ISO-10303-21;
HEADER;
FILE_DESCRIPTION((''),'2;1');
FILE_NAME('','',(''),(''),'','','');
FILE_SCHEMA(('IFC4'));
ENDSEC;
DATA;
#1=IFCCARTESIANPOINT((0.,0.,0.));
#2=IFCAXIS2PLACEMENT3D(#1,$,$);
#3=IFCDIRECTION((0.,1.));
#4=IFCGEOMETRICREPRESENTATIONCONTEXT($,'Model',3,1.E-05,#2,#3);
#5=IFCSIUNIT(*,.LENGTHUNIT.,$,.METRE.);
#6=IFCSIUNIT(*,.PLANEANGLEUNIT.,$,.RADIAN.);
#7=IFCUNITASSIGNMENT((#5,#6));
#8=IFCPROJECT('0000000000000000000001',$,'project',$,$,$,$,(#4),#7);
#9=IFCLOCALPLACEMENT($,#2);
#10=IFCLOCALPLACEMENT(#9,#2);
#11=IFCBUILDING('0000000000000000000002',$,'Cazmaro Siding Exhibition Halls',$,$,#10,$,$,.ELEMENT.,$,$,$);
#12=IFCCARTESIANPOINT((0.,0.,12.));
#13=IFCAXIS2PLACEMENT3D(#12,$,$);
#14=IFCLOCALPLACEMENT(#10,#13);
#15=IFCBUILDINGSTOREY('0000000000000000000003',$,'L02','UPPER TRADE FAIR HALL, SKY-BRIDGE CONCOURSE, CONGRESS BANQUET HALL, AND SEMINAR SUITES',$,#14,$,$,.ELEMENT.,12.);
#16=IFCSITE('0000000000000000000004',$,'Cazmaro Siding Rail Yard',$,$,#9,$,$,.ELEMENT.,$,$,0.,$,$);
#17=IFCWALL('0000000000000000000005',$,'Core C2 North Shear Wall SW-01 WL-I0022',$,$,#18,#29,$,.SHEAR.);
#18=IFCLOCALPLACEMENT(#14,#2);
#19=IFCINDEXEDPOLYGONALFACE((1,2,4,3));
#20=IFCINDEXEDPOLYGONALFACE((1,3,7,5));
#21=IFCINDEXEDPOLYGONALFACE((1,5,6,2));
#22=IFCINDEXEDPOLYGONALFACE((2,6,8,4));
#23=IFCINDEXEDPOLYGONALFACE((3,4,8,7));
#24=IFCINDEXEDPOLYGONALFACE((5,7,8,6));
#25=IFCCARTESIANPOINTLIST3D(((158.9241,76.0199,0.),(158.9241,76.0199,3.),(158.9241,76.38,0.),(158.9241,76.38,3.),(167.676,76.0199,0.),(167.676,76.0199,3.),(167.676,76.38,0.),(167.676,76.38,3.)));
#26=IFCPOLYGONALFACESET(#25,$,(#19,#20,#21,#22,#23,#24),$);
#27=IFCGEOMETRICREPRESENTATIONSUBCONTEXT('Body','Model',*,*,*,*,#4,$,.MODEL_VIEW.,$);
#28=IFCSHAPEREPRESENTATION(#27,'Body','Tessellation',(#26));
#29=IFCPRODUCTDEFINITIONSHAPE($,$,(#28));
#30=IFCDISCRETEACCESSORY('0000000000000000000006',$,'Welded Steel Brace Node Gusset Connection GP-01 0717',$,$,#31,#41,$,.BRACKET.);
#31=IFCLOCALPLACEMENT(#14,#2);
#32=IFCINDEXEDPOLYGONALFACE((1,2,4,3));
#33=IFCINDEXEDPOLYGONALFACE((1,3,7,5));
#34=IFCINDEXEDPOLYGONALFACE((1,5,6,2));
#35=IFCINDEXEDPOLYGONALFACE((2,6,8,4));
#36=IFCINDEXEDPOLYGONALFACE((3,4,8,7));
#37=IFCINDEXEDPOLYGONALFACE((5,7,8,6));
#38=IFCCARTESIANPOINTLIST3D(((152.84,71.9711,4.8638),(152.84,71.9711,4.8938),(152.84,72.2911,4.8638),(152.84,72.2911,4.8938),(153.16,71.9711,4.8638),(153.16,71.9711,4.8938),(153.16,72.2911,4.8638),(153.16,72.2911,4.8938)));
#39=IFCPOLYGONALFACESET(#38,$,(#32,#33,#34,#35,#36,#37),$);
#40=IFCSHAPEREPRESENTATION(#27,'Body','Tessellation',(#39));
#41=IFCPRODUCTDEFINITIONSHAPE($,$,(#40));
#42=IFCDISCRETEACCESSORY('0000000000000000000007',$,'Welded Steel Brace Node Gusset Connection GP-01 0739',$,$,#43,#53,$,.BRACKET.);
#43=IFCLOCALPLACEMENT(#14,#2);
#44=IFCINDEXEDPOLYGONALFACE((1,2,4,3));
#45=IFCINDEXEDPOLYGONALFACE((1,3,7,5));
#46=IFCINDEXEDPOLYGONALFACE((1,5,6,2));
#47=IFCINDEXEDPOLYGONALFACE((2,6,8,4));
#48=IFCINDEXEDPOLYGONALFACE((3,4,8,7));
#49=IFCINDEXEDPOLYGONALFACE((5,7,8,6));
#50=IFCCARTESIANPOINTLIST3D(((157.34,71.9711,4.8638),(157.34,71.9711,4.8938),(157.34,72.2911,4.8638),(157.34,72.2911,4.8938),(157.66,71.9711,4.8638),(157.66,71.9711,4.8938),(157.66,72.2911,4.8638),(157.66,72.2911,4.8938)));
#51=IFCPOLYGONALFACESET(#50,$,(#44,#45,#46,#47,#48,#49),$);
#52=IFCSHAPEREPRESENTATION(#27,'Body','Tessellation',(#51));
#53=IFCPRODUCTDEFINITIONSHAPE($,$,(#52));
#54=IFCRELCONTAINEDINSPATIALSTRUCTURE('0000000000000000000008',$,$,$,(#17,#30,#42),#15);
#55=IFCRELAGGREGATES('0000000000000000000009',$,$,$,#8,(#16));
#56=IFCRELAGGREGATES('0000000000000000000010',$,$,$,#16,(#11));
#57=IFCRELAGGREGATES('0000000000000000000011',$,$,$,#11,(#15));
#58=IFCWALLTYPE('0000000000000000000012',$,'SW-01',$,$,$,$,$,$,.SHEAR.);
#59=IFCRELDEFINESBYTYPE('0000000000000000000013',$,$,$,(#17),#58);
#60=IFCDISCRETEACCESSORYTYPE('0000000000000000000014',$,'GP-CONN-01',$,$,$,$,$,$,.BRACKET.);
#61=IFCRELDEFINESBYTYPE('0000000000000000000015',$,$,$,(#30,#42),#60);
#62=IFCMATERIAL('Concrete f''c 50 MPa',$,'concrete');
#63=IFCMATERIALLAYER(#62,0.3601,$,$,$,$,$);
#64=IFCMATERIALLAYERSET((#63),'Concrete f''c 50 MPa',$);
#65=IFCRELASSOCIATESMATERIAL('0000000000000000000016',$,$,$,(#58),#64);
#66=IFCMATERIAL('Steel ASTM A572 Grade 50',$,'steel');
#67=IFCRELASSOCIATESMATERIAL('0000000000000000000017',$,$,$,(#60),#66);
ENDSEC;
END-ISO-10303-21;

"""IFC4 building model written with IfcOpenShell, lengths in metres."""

from ifc_helpers import new_model, si_unit, direction, frame, frame_2d, origin, origin_2d, place, context, subcontext, project, spatial, rectangle, extrude, material, layer, layer_set, type_object, element, save


model = new_model("IFC4")

# Units and contexts
model_context = context("Model", 3, precision=1e-05, world=origin(), true_north=direction((0.0, 1.0)))
body_context = subcontext(model_context, "Body", "Model", "MODEL_VIEW")
ifc_project = project(units=[si_unit("LENGTHUNIT", "METRE"), si_unit("PLANEANGLEUNIT", "RADIAN")], contexts=[model_context])

# Site, building, storey
site_placement = place(None, origin())
site = spatial("IfcSite", under=ifc_project, at=site_placement, Name="Cazmaro Siding Rail Yard", CompositionType="ELEMENT", RefElevation=0.0)
building_placement = place(site_placement, origin())
building = spatial("IfcBuilding", under=site, at=building_placement, Name="Cazmaro Siding Exhibition Halls", CompositionType="ELEMENT")
storey_placement = place(building_placement, frame((0.0, 0.0, 12.0)))
storey = spatial("IfcBuildingStorey", under=building, at=storey_placement, Name="L02", Description="UPPER TRADE FAIR HALL, SKY-BRIDGE CONCOURSE, CONGRESS BANQUET HALL, AND SEMINAR SUITES", CompositionType="ELEMENT", Elevation=12.0)

# Wall
ifc_material_1 = material(Name="Concrete f'c 50 MPa", Category="concrete")
ifc_layer_1 = layer(ifc_material_1, 0.3601)
ifc_layer_set_1 = layer_set([ifc_layer_1], Name="Concrete f'c 50 MPa")
wall_type_1 = type_object("IfcWallType", Name="SW-01", PredefinedType="SHEAR", material=ifc_layer_set_1)
wall_1_placement = place(storey_placement, frame((158.9241, 76.2, 0.0), z_axis=(0.0, 0.0, 1.0), x_axis=(1.0, 0.0, 0.0)))
element("IfcWall", 1, at=wall_1_placement, inside=storey, type_object=wall_type_1, Name="Core C2 North Shear Wall SW-01 WL-I0022", PredefinedType="SHEAR", context=body_context, shape_type="SweptSolid", body=[
    extrude(rectangle(XDim=8.752, YDim=0.3601, at=frame_2d((4.376, 0.0))), origin(), (0.0, 0.0, 1.0), 3.0),
])

# Discrete accessories
ifc_material_2 = material(Name="Steel ASTM A572 Grade 50", Category="steel")
discrete_accessory_type = type_object("IfcDiscreteAccessoryType", Name="GP-CONN-01", PredefinedType="BRACKET", material=ifc_material_2)
for number, where, z_axis, x_axis, name in (
    (2, (153.0, 72.1311, 4.8638), (0.0, 0.0, 1.0), (1.0, 0.0, 0.0), "Welded Steel Brace Node Gusset Connection GP-01 0717"),
    (3, (157.5, 72.1311, 4.8638), (0.0, 0.0, 1.0), (1.0, 0.0, 0.0), "Welded Steel Brace Node Gusset Connection GP-01 0739"),
):
    element("IfcDiscreteAccessory", number, at=place(storey_placement, frame(where, z_axis=z_axis, x_axis=x_axis)), inside=storey, type_object=discrete_accessory_type, Name=name, PredefinedType="BRACKET", context=body_context, shape_type="SweptSolid", body=[
        extrude(rectangle(XDim=0.3201, YDim=0.3201, at=origin_2d()), origin(), (0.0, 0.0, 1.0), 0.03),
    ])

save(model, "model.ifc")
